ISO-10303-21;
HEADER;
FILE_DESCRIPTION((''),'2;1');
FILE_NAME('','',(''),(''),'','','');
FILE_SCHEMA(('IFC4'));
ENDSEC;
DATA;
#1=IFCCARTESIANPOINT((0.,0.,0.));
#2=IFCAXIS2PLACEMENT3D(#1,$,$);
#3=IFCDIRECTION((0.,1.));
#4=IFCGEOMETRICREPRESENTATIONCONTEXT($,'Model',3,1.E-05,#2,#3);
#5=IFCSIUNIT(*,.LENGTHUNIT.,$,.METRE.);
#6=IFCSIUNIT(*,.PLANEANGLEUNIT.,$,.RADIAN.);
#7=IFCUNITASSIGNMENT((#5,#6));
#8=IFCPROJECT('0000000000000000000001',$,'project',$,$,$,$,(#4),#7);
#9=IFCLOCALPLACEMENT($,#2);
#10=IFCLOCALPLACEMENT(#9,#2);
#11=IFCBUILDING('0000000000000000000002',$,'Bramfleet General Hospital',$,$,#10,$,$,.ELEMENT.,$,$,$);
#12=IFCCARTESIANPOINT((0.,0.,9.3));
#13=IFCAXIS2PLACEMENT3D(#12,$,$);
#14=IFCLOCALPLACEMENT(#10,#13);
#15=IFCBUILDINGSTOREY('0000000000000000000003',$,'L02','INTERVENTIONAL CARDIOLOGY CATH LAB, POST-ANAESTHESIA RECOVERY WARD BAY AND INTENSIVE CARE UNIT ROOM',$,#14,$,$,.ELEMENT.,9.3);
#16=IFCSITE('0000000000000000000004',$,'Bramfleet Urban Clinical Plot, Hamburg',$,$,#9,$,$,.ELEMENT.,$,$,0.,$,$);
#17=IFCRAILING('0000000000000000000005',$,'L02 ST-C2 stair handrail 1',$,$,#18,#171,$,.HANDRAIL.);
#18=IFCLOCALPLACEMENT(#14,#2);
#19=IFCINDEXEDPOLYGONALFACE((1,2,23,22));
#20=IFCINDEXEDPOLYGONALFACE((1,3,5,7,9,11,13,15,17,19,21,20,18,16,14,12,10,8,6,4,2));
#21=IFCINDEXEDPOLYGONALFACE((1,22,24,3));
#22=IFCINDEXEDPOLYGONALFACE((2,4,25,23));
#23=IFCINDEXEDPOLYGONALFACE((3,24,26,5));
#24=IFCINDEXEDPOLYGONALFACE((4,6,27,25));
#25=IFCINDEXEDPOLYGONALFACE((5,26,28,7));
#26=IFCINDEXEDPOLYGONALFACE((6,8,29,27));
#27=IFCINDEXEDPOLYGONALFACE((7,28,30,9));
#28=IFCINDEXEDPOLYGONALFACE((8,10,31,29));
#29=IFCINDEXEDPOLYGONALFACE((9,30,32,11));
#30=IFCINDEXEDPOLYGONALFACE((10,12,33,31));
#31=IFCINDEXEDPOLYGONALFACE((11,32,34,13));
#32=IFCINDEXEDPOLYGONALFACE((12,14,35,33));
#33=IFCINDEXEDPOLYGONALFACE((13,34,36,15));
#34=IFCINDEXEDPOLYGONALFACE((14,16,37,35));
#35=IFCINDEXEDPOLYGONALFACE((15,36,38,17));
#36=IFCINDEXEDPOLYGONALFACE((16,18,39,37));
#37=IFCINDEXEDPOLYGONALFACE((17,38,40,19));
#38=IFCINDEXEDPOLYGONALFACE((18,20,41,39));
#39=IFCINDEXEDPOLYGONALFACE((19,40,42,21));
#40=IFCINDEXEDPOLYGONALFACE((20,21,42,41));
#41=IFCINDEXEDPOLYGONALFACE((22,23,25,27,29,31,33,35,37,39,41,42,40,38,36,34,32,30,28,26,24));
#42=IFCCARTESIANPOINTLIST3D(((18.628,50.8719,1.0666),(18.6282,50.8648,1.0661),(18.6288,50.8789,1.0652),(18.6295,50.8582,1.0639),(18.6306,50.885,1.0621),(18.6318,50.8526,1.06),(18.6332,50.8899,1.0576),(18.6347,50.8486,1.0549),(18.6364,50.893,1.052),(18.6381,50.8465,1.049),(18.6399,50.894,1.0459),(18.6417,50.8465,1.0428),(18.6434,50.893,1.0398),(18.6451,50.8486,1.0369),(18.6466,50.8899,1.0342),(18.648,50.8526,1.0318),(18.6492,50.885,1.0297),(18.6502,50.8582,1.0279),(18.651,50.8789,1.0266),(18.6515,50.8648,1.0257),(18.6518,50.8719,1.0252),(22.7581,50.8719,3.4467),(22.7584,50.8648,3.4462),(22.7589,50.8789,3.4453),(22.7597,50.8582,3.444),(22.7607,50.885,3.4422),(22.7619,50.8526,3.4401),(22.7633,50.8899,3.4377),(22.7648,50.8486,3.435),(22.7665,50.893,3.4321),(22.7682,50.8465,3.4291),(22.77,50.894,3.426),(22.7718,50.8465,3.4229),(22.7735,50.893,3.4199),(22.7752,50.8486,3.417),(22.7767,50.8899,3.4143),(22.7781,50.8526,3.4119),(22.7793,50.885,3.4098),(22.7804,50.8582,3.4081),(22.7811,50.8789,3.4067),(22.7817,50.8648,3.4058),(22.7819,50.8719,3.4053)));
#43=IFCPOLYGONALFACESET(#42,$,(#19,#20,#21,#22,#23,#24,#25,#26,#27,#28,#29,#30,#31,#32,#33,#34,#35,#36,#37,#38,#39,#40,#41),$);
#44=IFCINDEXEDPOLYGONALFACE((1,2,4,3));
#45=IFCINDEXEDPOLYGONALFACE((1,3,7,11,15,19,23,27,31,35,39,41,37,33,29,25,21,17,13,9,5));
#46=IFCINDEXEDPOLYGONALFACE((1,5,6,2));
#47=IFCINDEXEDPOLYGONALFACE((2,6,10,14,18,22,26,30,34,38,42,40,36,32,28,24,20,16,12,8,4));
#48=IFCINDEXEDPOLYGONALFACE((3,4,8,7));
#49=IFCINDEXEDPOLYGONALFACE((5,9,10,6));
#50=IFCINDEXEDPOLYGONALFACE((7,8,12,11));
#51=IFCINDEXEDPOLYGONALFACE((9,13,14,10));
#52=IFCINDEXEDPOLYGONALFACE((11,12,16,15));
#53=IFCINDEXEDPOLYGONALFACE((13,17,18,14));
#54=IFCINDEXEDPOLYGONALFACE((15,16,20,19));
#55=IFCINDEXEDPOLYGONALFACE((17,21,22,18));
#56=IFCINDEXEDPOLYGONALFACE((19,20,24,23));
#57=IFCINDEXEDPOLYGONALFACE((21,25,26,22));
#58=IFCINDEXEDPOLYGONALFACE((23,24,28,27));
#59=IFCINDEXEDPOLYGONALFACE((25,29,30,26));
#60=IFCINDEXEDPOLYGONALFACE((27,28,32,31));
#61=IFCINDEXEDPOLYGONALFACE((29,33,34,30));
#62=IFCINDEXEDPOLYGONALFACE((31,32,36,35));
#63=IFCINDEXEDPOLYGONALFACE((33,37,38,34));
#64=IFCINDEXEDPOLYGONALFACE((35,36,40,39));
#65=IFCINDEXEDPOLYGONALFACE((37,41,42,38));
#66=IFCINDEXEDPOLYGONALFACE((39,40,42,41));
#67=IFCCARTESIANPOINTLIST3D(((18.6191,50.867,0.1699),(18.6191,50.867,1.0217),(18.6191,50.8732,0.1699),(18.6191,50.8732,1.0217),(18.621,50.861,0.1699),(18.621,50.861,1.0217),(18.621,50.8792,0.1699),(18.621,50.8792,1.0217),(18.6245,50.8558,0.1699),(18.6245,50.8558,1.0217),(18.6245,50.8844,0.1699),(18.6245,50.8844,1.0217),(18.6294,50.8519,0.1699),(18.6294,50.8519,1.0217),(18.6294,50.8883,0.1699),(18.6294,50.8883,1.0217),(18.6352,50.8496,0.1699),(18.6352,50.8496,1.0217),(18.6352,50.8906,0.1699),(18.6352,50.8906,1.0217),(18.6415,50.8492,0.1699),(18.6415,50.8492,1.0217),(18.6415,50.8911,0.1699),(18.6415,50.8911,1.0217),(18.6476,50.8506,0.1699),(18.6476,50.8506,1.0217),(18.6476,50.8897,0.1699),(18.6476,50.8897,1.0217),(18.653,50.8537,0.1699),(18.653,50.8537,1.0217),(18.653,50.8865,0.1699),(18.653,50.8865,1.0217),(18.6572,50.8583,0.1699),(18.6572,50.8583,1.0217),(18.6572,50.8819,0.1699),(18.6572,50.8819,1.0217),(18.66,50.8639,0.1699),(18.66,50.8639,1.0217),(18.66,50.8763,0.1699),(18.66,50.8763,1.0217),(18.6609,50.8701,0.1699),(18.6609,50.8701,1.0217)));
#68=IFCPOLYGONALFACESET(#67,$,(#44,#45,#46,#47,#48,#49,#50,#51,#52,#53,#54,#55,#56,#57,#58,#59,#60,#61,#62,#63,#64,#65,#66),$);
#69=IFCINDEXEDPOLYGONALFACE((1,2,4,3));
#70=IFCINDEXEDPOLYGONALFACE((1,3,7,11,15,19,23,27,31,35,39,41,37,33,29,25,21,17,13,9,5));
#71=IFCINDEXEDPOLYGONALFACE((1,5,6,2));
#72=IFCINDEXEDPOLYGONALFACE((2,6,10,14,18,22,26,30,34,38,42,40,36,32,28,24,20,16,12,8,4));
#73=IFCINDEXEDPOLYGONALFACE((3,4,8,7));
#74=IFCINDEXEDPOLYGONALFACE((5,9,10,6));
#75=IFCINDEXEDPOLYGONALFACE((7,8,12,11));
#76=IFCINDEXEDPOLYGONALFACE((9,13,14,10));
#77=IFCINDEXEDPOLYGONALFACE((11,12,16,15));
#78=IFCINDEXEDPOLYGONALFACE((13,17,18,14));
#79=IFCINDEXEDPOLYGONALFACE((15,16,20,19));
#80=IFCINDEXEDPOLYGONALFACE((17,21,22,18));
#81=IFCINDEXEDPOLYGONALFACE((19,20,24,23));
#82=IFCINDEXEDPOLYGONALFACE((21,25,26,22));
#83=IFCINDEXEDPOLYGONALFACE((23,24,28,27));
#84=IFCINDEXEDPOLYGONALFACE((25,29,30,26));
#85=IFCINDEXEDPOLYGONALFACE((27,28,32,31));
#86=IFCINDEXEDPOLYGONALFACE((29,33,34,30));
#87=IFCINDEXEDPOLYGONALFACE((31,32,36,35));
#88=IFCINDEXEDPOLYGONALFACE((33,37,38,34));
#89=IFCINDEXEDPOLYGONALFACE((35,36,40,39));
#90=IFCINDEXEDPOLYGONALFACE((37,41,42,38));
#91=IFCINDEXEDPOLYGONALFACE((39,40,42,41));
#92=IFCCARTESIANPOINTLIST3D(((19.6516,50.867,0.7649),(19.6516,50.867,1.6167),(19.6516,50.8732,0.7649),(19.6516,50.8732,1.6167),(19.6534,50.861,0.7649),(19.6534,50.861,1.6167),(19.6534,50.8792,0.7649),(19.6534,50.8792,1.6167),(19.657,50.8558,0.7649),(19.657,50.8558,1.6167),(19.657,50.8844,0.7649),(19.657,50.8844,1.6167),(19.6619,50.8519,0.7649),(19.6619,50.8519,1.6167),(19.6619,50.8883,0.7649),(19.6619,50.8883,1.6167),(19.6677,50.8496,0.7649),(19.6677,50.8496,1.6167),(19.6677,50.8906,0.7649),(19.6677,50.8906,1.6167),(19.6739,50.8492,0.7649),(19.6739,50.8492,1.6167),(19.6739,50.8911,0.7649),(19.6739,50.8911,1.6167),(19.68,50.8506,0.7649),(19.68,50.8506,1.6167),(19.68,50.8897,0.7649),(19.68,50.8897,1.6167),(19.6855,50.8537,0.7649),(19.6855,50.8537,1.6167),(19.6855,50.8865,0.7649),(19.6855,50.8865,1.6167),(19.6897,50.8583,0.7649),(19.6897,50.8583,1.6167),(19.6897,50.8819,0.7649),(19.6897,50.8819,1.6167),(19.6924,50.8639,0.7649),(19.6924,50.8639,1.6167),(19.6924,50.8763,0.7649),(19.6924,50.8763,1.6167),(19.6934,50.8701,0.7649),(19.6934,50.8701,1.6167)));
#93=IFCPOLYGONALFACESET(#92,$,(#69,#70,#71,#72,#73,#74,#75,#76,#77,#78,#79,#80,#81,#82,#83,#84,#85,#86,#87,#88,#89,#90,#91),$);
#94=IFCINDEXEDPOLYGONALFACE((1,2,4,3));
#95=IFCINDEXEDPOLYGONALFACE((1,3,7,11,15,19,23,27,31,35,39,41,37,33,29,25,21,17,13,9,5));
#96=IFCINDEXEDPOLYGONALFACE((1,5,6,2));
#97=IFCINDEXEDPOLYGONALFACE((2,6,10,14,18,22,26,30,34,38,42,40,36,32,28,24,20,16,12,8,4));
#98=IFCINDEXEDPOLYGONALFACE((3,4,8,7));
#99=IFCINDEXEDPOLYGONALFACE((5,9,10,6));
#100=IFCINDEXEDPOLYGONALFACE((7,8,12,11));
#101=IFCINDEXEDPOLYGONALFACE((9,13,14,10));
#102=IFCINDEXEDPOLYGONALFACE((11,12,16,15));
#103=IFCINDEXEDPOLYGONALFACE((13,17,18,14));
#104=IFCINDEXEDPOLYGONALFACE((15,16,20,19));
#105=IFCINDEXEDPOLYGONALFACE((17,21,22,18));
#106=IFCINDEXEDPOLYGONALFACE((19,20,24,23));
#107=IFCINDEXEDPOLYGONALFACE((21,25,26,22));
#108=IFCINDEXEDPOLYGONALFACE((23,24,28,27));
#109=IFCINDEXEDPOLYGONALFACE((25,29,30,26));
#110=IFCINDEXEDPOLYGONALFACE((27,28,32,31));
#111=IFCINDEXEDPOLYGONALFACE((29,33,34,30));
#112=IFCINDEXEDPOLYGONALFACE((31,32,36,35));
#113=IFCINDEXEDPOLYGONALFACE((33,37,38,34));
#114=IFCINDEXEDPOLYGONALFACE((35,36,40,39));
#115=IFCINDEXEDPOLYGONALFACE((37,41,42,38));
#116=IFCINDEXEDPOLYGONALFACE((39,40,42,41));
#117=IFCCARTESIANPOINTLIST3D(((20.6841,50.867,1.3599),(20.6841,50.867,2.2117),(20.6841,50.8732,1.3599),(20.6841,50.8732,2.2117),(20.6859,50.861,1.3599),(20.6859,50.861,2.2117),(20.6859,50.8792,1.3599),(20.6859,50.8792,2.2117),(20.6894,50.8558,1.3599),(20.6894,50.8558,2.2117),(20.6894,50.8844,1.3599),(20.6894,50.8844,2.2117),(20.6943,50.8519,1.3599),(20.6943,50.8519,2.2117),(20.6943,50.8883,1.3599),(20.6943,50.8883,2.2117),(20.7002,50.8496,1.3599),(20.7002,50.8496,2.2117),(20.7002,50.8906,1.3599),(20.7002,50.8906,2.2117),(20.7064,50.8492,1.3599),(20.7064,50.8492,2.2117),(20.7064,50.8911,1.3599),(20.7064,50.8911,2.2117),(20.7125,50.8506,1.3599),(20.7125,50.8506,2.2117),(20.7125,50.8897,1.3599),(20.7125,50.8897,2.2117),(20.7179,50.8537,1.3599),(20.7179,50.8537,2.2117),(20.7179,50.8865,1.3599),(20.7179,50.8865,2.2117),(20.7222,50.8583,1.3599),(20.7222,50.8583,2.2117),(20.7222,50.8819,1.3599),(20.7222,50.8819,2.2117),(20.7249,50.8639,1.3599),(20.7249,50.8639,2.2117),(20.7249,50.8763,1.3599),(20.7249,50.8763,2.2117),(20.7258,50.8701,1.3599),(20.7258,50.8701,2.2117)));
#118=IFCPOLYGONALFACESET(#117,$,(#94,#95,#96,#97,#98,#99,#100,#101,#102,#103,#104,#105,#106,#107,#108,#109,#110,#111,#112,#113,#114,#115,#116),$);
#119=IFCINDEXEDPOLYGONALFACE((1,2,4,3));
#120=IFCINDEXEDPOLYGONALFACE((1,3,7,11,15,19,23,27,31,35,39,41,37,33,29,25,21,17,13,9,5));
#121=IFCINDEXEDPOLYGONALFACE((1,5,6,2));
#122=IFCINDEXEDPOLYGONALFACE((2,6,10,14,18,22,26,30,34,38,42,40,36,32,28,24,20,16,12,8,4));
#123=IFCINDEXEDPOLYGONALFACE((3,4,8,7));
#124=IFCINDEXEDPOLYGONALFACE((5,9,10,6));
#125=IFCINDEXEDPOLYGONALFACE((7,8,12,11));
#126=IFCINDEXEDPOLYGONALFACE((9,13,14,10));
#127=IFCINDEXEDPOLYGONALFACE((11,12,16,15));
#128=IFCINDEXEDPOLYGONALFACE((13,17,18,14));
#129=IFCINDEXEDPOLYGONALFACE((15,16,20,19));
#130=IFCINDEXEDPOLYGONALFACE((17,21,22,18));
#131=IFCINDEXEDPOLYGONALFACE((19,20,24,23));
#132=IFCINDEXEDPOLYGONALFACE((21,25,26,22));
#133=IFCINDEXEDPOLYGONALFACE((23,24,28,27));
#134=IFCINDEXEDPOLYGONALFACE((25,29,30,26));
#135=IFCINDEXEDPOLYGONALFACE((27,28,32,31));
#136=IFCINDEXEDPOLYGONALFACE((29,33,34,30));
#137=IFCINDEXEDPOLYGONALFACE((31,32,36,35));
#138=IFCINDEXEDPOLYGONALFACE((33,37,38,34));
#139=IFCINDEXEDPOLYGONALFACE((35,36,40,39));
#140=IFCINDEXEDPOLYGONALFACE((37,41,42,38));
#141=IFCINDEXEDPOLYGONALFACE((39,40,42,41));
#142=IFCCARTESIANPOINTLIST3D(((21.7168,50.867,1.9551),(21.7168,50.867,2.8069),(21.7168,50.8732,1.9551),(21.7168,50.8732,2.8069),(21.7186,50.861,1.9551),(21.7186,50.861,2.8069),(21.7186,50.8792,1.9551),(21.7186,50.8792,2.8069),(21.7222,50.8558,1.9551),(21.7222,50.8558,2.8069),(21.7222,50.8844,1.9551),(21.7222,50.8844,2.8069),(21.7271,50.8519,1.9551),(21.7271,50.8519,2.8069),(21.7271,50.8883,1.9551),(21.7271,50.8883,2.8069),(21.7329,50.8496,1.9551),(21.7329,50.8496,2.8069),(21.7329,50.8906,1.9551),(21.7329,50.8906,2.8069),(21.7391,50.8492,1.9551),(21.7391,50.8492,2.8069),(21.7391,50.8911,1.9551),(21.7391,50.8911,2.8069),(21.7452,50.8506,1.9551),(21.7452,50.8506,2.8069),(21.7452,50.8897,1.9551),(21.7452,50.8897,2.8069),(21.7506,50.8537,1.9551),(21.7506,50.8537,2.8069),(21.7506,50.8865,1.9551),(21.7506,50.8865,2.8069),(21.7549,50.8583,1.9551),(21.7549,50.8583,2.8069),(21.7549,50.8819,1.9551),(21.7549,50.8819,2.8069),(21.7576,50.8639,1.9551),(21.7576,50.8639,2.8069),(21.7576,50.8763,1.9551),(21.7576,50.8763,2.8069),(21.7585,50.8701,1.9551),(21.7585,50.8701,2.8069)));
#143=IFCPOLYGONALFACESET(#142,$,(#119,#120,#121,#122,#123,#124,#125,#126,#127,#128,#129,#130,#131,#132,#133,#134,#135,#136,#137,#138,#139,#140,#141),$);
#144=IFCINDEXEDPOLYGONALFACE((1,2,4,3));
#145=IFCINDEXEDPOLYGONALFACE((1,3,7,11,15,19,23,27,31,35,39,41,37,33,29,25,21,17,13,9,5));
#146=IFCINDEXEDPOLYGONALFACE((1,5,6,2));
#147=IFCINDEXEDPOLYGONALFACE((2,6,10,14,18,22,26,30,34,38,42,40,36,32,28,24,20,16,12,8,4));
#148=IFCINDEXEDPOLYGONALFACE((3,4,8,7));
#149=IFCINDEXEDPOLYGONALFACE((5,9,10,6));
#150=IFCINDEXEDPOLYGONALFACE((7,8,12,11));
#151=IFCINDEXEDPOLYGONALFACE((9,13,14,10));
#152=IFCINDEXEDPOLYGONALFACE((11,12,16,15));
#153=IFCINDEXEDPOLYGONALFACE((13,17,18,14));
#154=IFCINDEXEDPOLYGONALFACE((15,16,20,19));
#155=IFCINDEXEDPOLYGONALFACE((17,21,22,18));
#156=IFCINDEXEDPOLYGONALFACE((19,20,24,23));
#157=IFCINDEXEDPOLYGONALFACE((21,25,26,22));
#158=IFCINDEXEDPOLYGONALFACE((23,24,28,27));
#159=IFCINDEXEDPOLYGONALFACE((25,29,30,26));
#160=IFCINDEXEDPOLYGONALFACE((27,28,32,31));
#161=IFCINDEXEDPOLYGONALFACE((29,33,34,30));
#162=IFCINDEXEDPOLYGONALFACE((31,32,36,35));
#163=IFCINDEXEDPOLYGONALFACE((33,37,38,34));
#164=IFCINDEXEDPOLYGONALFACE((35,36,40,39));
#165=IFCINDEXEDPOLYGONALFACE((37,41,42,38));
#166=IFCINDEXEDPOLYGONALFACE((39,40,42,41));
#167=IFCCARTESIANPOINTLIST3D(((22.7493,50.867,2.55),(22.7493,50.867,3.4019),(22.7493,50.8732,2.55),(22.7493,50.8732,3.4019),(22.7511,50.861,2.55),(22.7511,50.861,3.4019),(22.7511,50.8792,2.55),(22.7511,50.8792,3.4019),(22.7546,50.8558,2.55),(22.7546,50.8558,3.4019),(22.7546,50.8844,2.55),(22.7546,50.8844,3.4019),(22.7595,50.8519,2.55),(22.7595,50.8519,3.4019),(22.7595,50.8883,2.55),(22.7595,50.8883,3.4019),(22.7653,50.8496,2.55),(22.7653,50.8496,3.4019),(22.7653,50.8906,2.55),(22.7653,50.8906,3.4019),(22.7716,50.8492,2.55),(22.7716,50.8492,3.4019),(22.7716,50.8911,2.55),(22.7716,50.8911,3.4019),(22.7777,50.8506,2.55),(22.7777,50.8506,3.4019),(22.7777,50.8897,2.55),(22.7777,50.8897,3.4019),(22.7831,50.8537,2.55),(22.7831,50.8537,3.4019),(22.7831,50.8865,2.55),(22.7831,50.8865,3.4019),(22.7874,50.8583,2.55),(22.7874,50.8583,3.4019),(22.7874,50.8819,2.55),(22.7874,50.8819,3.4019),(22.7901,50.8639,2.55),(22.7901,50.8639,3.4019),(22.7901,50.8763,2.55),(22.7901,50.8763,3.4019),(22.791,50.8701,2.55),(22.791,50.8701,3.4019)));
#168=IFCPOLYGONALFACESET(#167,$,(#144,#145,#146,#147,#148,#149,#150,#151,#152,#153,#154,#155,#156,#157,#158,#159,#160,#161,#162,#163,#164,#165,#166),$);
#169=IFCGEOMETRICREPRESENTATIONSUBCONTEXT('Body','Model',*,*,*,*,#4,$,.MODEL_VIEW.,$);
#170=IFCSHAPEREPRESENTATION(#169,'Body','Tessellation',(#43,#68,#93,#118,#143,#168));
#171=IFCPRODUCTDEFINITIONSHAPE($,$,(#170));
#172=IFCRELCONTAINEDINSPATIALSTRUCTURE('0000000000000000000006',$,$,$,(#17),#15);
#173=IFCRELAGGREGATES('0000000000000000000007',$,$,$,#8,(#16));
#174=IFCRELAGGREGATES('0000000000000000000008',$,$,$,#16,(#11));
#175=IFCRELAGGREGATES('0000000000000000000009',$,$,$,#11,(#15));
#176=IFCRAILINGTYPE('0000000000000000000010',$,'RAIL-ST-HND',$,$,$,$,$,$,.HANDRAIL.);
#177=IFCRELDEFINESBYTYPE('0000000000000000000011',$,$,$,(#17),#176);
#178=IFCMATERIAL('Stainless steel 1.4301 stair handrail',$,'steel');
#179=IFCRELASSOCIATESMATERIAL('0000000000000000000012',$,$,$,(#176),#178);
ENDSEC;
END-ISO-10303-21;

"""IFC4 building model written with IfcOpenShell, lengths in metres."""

from ifc_helpers import new_model, si_unit, direction, frame, origin, origin_2d, place, context, subcontext, project, spatial, circle, extrude, material, type_object, element, save


model = new_model("IFC4")

# Units and contexts
model_context = context("Model", 3, precision=1e-05, world=origin(), true_north=direction((0.0, 1.0)))
body_context = subcontext(model_context, "Body", "Model", "MODEL_VIEW")
ifc_project = project(units=[si_unit("LENGTHUNIT", "METRE"), si_unit("PLANEANGLEUNIT", "RADIAN")], contexts=[model_context])

# Site, building, storey
site_placement = place(None, origin())
site = spatial("IfcSite", under=ifc_project, at=site_placement, Name="Bramfleet Urban Clinical Plot, Hamburg", CompositionType="ELEMENT", RefElevation=0.0)
building_placement = place(site_placement, origin())
building = spatial("IfcBuilding", under=site, at=building_placement, Name="Bramfleet General Hospital", CompositionType="ELEMENT")
storey_placement = place(building_placement, frame((0.0, 0.0, 9.3)))
storey = spatial("IfcBuildingStorey", under=building, at=storey_placement, Name="L02", Description="INTERVENTIONAL CARDIOLOGY CATH LAB, POST-ANAESTHESIA RECOVERY WARD BAY AND INTENSIVE CARE UNIT ROOM", CompositionType="ELEMENT", Elevation=9.3)

# Railing
ifc_material_1 = material(Name="Stainless steel 1.4301 stair handrail", Category="steel")
railing_type_1 = type_object("IfcRailingType", Name="RAIL-ST-HND", PredefinedType="HANDRAIL", material=ifc_material_1)
railing_1_placement = place(storey_placement, frame((18.6399, 50.8701, 0.1699)))
element("IfcRailing", 1, at=railing_1_placement, inside=storey, type_object=railing_type_1, Name="L02 ST-C2 stair handrail 1", PredefinedType="HANDRAIL", context=body_context, shape_type="SweptSolid", body=[
    extrude(circle(Radius=0.0239, at=origin_2d()), frame((0.0, 0.0, 0.876), z_axis=(0.866425, 0.0, 0.499307), x_axis=(0.0, 1.0, 0.0)), (0.0, 0.0, 1.0), 4.7668),
    extrude(circle(Radius=0.021, at=origin_2d()), origin(), (0.0, 0.0, 1.0), 0.8518),
    extrude(circle(Radius=0.021, at=origin_2d()), frame((1.0325, 0.0, 0.595)), (0.0, 0.0, 1.0), 0.8518),
    extrude(circle(Radius=0.021, at=origin_2d()), frame((2.0649, 0.0, 1.1899)), (0.0, 0.0, 1.0), 0.8518),
    extrude(circle(Radius=0.021, at=origin_2d()), frame((3.0977, 0.0, 1.7852)), (0.0, 0.0, 1.0), 0.8518),
    extrude(circle(Radius=0.021, at=origin_2d()), frame((4.1301, 0.0, 2.3801)), (0.0, 0.0, 1.0), 0.8518),
])

save(model, "model.ifc")
